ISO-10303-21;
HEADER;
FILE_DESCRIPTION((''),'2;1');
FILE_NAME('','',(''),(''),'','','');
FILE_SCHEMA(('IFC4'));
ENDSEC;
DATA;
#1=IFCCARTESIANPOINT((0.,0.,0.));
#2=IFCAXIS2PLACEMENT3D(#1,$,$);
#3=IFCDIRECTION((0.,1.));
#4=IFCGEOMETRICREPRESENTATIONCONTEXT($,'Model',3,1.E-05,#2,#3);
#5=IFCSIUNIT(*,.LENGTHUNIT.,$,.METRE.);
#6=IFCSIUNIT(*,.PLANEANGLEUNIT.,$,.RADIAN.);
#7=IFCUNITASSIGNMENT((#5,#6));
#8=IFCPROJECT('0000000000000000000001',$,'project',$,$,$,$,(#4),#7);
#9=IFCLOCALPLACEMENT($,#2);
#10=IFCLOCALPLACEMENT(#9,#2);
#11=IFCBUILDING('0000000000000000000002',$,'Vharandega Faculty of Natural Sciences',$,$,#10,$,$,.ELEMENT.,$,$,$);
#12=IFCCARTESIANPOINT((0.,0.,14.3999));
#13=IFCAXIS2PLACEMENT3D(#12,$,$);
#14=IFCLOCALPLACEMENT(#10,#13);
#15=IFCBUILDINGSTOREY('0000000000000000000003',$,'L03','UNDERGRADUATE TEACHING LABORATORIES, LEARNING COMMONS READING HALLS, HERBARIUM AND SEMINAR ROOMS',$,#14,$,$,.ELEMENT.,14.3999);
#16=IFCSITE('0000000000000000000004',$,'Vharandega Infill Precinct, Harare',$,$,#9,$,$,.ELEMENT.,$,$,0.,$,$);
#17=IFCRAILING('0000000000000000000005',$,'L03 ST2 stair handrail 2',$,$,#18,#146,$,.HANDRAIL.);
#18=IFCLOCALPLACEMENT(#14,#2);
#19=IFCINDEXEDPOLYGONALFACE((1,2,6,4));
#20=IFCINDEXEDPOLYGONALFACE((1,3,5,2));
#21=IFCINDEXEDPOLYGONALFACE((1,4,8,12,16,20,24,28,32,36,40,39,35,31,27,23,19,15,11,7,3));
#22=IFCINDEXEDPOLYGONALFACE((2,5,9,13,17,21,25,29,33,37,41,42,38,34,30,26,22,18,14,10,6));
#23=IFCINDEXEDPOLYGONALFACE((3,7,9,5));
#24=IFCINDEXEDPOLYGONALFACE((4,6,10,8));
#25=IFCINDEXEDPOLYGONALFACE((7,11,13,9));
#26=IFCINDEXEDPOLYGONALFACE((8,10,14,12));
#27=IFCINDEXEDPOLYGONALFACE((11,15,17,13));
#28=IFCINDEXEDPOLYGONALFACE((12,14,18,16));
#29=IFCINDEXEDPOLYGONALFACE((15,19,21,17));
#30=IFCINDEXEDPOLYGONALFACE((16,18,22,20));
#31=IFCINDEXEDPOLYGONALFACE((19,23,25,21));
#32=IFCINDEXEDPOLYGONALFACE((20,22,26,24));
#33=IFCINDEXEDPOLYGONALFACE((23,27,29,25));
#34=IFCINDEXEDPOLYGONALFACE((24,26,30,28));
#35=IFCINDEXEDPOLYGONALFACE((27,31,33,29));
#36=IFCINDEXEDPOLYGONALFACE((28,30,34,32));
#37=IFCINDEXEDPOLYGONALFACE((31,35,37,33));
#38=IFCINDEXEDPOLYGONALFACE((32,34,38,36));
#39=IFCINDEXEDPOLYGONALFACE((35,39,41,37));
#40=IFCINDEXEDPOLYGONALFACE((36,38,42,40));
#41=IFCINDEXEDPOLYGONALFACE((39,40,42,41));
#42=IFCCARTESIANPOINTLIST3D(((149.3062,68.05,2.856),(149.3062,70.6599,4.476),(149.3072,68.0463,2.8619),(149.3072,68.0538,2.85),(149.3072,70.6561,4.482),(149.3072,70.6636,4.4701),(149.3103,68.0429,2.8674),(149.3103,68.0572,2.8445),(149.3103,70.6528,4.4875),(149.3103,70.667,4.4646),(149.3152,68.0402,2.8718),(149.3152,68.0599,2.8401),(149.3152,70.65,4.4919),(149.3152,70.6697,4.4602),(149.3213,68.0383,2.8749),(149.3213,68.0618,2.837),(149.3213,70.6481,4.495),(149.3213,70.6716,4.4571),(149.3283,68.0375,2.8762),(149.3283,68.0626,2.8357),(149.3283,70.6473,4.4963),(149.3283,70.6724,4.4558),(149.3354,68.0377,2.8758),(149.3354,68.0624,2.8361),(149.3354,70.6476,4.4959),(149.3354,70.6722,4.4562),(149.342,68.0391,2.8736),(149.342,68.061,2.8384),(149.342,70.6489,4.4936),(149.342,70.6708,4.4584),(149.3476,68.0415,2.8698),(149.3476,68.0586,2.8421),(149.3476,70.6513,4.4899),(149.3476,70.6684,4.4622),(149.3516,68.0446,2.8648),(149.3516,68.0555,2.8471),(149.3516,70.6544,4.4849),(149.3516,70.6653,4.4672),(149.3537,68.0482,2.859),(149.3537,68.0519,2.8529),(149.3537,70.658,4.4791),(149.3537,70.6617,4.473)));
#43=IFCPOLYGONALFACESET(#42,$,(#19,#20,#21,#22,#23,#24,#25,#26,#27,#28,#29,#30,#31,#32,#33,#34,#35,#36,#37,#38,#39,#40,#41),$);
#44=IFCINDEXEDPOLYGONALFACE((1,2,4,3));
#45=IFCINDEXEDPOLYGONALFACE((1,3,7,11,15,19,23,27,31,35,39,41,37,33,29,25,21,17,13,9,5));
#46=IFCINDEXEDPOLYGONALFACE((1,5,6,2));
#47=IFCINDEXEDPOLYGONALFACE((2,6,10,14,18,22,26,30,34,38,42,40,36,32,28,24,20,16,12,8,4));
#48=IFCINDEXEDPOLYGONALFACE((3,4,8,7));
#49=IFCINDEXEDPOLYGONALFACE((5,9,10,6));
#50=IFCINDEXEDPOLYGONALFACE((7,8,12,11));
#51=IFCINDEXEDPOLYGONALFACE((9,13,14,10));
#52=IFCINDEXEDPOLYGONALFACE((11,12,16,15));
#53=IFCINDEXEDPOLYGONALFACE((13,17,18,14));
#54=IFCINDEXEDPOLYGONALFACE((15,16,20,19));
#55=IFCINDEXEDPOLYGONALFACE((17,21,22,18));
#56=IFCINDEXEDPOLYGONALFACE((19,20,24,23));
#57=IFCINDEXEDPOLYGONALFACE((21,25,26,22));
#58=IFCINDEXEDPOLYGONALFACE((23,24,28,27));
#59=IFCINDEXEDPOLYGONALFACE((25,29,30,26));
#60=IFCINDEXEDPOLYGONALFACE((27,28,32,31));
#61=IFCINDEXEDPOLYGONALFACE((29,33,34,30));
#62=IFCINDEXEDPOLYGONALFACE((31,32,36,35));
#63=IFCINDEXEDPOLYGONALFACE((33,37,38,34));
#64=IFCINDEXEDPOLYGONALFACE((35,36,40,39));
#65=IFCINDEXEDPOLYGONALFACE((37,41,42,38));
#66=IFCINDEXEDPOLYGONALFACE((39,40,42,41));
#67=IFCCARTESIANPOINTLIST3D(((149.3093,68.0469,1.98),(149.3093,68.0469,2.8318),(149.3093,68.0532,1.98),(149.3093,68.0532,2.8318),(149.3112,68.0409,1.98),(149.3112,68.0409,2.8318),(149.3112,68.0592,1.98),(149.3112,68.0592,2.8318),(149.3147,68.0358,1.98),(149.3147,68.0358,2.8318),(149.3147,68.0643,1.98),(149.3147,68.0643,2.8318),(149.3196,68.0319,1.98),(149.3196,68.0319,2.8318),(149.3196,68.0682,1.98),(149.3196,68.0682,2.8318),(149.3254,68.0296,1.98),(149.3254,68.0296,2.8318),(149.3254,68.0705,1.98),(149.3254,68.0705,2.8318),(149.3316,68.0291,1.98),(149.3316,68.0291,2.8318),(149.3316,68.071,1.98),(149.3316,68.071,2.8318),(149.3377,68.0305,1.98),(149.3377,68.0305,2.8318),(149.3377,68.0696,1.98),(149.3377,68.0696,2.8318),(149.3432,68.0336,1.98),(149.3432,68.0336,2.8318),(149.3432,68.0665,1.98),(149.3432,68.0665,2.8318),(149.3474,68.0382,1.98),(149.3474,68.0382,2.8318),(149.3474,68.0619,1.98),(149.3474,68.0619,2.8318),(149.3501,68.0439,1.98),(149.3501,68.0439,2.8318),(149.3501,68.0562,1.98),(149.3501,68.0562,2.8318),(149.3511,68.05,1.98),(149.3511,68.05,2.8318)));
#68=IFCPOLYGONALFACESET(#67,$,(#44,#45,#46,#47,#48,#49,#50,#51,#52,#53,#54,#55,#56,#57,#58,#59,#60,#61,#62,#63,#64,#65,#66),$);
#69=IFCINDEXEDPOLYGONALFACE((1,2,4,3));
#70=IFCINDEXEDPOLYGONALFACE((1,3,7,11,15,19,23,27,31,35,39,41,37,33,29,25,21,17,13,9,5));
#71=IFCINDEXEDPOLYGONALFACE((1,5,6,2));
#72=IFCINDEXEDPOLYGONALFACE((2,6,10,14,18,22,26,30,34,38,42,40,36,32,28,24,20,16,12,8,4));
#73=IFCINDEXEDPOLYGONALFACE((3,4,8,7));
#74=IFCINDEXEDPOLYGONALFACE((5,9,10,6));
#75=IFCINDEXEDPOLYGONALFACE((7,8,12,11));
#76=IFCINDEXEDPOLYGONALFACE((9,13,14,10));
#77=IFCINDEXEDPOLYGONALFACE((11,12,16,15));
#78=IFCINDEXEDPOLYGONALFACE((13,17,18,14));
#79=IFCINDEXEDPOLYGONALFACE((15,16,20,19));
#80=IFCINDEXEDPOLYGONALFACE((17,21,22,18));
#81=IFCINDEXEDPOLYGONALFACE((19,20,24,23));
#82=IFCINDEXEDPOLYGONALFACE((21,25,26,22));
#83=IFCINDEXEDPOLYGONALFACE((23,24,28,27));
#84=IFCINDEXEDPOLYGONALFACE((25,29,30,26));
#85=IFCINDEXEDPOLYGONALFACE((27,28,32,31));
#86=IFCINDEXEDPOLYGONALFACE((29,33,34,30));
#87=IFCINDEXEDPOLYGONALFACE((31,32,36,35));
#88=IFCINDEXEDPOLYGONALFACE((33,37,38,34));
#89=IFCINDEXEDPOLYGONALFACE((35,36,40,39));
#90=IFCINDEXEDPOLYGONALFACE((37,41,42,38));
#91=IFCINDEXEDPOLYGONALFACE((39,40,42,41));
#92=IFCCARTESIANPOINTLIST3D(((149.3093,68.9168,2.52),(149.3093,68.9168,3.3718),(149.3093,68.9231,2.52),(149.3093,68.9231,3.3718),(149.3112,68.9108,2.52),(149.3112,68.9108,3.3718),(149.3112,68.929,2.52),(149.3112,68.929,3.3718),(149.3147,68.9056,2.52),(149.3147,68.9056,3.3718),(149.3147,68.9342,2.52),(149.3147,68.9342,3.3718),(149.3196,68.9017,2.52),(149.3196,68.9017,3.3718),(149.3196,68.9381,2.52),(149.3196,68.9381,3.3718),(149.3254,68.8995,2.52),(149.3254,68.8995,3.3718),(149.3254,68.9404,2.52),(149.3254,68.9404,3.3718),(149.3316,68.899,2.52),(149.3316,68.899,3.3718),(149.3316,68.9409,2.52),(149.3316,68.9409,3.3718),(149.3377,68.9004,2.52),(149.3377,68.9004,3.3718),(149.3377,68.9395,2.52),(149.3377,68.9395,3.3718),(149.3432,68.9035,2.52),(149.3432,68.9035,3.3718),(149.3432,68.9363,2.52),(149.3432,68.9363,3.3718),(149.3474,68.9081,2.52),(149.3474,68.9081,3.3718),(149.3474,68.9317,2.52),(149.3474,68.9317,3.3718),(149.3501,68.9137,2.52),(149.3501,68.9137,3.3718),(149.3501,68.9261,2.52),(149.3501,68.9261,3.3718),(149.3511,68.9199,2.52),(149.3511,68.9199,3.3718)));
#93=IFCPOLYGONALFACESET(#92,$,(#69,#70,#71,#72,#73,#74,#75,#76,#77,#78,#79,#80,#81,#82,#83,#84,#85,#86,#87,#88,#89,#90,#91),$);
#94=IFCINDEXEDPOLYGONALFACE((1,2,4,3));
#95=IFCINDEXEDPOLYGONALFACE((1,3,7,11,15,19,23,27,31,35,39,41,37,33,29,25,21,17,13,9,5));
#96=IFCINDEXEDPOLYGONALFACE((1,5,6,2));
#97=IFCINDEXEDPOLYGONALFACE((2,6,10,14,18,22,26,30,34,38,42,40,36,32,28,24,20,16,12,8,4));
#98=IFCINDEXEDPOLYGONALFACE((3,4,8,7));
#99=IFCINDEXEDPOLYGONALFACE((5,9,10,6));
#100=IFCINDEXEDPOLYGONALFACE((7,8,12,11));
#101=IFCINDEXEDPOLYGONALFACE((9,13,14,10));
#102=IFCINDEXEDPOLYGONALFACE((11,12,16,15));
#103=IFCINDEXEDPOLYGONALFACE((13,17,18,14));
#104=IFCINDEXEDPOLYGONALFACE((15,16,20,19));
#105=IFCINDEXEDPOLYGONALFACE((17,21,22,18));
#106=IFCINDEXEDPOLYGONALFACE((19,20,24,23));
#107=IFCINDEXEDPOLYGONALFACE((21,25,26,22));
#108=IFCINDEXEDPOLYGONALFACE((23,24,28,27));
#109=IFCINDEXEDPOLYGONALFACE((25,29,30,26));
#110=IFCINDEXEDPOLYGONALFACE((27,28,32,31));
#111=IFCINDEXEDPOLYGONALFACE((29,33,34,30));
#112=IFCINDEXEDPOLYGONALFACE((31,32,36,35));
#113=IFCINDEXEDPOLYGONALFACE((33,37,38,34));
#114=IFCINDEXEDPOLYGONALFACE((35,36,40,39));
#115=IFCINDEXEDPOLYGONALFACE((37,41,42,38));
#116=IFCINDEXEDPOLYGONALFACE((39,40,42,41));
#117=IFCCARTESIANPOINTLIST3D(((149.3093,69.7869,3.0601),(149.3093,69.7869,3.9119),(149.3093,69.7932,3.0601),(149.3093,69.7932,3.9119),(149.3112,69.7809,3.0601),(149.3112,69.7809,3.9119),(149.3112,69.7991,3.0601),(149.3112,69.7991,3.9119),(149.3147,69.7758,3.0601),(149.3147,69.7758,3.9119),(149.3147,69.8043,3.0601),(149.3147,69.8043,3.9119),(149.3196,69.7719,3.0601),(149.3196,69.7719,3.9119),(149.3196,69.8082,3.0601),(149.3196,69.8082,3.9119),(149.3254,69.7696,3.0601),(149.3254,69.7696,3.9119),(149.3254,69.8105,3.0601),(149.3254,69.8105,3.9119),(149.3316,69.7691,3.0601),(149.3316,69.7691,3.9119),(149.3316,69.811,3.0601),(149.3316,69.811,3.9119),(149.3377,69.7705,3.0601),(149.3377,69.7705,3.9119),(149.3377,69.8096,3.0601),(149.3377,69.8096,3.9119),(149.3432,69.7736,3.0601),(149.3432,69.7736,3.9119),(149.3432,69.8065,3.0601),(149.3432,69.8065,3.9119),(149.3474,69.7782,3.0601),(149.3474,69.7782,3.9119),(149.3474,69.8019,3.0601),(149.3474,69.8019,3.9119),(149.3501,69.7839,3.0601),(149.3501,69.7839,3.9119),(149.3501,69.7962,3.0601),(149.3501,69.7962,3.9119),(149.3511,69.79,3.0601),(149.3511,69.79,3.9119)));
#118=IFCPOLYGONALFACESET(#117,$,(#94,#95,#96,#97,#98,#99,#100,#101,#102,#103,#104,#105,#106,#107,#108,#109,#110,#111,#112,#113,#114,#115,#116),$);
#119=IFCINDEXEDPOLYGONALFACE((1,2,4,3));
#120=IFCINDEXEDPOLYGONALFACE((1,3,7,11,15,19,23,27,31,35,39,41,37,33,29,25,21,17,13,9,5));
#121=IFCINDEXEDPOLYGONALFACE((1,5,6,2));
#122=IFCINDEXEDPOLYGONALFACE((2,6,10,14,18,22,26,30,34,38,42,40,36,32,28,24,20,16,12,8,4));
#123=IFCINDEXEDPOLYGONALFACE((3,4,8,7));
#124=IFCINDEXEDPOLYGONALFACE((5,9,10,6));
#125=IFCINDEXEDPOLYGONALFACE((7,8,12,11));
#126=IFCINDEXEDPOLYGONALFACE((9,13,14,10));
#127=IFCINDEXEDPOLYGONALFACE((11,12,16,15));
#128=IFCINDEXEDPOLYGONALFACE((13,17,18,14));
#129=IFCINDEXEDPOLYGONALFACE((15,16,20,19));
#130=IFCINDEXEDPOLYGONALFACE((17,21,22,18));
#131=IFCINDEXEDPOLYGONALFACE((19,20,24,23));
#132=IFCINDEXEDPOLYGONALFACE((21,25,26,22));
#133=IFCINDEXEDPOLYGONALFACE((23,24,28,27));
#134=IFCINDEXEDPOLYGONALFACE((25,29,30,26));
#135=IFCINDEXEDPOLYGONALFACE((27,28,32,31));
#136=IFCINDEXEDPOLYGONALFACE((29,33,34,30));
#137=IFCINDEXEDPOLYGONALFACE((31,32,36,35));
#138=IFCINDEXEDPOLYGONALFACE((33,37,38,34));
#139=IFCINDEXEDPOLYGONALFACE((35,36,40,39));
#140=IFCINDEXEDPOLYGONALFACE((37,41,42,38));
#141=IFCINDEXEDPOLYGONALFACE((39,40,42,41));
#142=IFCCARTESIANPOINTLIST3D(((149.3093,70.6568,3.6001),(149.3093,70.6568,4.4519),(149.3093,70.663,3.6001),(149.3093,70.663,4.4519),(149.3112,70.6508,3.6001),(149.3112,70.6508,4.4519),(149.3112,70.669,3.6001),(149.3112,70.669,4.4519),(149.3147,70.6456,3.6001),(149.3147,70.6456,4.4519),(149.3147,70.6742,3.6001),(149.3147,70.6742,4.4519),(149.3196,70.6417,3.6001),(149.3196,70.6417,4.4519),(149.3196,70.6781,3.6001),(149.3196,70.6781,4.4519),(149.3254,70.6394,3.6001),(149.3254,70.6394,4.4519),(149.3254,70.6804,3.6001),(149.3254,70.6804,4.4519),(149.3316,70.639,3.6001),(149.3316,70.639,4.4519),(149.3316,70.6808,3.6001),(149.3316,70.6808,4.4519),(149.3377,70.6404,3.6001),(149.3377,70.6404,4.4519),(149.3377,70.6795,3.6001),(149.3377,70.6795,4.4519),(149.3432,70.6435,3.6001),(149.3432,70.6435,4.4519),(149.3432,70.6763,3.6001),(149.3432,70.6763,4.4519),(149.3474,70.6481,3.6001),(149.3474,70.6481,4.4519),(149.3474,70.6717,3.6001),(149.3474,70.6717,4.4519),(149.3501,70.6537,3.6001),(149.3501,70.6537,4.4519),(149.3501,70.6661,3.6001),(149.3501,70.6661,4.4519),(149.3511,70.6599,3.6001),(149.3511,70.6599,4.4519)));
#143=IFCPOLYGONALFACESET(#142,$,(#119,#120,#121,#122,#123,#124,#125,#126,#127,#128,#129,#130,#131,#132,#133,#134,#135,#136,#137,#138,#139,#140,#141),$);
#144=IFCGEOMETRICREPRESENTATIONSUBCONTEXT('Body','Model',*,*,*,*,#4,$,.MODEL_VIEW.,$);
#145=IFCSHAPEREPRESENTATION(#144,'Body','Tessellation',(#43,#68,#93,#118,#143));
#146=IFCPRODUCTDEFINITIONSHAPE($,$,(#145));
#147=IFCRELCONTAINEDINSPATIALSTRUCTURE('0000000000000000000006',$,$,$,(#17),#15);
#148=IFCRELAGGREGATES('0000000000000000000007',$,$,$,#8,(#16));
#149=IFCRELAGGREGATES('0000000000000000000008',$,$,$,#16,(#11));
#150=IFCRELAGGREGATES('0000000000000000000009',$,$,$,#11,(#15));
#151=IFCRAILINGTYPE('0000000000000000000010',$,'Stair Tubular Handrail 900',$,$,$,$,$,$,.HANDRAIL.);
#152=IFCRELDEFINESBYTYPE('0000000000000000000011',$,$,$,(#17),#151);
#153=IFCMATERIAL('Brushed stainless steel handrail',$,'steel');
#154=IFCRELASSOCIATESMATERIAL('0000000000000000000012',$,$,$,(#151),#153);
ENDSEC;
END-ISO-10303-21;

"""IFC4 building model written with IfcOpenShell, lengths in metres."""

from ifc_helpers import new_model, si_unit, direction, frame, origin, origin_2d, place, context, subcontext, project, spatial, circle, extrude, material, type_object, element, save


model = new_model("IFC4")

# Units and contexts
model_context = context("Model", 3, precision=1e-05, world=origin(), true_north=direction((0.0, 1.0)))
body_context = subcontext(model_context, "Body", "Model", "MODEL_VIEW")
ifc_project = project(units=[si_unit("LENGTHUNIT", "METRE"), si_unit("PLANEANGLEUNIT", "RADIAN")], contexts=[model_context])

# Site, building, storey
site_placement = place(None, origin())
site = spatial("IfcSite", under=ifc_project, at=site_placement, Name="Vharandega Infill Precinct, Harare", CompositionType="ELEMENT", RefElevation=0.0)
building_placement = place(site_placement, origin())
building = spatial("IfcBuilding", under=site, at=building_placement, Name="Vharandega Faculty of Natural Sciences", CompositionType="ELEMENT")
storey_placement = place(building_placement, frame((0.0, 0.0, 14.3999)))
storey = spatial("IfcBuildingStorey", under=building, at=storey_placement, Name="L03", Description="UNDERGRADUATE TEACHING LABORATORIES, LEARNING COMMONS READING HALLS, HERBARIUM AND SEMINAR ROOMS", CompositionType="ELEMENT", Elevation=14.3999)

# Railing
ifc_material_1 = material(Name="Brushed stainless steel handrail", Category="steel")
railing_type_1 = type_object("IfcRailingType", Name="Stair Tubular Handrail 900", PredefinedType="HANDRAIL", material=ifc_material_1)
railing_1_placement = place(storey_placement, frame((149.3301, 68.05, 1.98)))
element("IfcRailing", 1, at=railing_1_placement, inside=storey, type_object=railing_type_1, Name="L03 ST2 stair handrail 2", PredefinedType="HANDRAIL", context=body_context, shape_type="SweptSolid", body=[
    extrude(circle(Radius=0.0239, at=origin_2d()), frame((0.0, 0.0, 0.876), z_axis=(0.0, 0.849611, 0.52741), x_axis=(-1.0, 0.0, 0.0)), (0.0, 0.0, 1.0), 3.0718),
    extrude(circle(Radius=0.021, at=origin_2d()), origin(), (0.0, 0.0, 1.0), 0.8518),
    extrude(circle(Radius=0.021, at=origin_2d()), frame((0.0, 0.8699, 0.54)), (0.0, 0.0, 1.0), 0.8518),
    extrude(circle(Radius=0.021, at=origin_2d()), frame((0.0, 1.74, 1.0801)), (0.0, 0.0, 1.0), 0.8518),
    extrude(circle(Radius=0.021, at=origin_2d()), frame((0.0, 2.6099, 1.6201)), (0.0, 0.0, 1.0), 0.8518),
])

save(model, "model.ifc")
